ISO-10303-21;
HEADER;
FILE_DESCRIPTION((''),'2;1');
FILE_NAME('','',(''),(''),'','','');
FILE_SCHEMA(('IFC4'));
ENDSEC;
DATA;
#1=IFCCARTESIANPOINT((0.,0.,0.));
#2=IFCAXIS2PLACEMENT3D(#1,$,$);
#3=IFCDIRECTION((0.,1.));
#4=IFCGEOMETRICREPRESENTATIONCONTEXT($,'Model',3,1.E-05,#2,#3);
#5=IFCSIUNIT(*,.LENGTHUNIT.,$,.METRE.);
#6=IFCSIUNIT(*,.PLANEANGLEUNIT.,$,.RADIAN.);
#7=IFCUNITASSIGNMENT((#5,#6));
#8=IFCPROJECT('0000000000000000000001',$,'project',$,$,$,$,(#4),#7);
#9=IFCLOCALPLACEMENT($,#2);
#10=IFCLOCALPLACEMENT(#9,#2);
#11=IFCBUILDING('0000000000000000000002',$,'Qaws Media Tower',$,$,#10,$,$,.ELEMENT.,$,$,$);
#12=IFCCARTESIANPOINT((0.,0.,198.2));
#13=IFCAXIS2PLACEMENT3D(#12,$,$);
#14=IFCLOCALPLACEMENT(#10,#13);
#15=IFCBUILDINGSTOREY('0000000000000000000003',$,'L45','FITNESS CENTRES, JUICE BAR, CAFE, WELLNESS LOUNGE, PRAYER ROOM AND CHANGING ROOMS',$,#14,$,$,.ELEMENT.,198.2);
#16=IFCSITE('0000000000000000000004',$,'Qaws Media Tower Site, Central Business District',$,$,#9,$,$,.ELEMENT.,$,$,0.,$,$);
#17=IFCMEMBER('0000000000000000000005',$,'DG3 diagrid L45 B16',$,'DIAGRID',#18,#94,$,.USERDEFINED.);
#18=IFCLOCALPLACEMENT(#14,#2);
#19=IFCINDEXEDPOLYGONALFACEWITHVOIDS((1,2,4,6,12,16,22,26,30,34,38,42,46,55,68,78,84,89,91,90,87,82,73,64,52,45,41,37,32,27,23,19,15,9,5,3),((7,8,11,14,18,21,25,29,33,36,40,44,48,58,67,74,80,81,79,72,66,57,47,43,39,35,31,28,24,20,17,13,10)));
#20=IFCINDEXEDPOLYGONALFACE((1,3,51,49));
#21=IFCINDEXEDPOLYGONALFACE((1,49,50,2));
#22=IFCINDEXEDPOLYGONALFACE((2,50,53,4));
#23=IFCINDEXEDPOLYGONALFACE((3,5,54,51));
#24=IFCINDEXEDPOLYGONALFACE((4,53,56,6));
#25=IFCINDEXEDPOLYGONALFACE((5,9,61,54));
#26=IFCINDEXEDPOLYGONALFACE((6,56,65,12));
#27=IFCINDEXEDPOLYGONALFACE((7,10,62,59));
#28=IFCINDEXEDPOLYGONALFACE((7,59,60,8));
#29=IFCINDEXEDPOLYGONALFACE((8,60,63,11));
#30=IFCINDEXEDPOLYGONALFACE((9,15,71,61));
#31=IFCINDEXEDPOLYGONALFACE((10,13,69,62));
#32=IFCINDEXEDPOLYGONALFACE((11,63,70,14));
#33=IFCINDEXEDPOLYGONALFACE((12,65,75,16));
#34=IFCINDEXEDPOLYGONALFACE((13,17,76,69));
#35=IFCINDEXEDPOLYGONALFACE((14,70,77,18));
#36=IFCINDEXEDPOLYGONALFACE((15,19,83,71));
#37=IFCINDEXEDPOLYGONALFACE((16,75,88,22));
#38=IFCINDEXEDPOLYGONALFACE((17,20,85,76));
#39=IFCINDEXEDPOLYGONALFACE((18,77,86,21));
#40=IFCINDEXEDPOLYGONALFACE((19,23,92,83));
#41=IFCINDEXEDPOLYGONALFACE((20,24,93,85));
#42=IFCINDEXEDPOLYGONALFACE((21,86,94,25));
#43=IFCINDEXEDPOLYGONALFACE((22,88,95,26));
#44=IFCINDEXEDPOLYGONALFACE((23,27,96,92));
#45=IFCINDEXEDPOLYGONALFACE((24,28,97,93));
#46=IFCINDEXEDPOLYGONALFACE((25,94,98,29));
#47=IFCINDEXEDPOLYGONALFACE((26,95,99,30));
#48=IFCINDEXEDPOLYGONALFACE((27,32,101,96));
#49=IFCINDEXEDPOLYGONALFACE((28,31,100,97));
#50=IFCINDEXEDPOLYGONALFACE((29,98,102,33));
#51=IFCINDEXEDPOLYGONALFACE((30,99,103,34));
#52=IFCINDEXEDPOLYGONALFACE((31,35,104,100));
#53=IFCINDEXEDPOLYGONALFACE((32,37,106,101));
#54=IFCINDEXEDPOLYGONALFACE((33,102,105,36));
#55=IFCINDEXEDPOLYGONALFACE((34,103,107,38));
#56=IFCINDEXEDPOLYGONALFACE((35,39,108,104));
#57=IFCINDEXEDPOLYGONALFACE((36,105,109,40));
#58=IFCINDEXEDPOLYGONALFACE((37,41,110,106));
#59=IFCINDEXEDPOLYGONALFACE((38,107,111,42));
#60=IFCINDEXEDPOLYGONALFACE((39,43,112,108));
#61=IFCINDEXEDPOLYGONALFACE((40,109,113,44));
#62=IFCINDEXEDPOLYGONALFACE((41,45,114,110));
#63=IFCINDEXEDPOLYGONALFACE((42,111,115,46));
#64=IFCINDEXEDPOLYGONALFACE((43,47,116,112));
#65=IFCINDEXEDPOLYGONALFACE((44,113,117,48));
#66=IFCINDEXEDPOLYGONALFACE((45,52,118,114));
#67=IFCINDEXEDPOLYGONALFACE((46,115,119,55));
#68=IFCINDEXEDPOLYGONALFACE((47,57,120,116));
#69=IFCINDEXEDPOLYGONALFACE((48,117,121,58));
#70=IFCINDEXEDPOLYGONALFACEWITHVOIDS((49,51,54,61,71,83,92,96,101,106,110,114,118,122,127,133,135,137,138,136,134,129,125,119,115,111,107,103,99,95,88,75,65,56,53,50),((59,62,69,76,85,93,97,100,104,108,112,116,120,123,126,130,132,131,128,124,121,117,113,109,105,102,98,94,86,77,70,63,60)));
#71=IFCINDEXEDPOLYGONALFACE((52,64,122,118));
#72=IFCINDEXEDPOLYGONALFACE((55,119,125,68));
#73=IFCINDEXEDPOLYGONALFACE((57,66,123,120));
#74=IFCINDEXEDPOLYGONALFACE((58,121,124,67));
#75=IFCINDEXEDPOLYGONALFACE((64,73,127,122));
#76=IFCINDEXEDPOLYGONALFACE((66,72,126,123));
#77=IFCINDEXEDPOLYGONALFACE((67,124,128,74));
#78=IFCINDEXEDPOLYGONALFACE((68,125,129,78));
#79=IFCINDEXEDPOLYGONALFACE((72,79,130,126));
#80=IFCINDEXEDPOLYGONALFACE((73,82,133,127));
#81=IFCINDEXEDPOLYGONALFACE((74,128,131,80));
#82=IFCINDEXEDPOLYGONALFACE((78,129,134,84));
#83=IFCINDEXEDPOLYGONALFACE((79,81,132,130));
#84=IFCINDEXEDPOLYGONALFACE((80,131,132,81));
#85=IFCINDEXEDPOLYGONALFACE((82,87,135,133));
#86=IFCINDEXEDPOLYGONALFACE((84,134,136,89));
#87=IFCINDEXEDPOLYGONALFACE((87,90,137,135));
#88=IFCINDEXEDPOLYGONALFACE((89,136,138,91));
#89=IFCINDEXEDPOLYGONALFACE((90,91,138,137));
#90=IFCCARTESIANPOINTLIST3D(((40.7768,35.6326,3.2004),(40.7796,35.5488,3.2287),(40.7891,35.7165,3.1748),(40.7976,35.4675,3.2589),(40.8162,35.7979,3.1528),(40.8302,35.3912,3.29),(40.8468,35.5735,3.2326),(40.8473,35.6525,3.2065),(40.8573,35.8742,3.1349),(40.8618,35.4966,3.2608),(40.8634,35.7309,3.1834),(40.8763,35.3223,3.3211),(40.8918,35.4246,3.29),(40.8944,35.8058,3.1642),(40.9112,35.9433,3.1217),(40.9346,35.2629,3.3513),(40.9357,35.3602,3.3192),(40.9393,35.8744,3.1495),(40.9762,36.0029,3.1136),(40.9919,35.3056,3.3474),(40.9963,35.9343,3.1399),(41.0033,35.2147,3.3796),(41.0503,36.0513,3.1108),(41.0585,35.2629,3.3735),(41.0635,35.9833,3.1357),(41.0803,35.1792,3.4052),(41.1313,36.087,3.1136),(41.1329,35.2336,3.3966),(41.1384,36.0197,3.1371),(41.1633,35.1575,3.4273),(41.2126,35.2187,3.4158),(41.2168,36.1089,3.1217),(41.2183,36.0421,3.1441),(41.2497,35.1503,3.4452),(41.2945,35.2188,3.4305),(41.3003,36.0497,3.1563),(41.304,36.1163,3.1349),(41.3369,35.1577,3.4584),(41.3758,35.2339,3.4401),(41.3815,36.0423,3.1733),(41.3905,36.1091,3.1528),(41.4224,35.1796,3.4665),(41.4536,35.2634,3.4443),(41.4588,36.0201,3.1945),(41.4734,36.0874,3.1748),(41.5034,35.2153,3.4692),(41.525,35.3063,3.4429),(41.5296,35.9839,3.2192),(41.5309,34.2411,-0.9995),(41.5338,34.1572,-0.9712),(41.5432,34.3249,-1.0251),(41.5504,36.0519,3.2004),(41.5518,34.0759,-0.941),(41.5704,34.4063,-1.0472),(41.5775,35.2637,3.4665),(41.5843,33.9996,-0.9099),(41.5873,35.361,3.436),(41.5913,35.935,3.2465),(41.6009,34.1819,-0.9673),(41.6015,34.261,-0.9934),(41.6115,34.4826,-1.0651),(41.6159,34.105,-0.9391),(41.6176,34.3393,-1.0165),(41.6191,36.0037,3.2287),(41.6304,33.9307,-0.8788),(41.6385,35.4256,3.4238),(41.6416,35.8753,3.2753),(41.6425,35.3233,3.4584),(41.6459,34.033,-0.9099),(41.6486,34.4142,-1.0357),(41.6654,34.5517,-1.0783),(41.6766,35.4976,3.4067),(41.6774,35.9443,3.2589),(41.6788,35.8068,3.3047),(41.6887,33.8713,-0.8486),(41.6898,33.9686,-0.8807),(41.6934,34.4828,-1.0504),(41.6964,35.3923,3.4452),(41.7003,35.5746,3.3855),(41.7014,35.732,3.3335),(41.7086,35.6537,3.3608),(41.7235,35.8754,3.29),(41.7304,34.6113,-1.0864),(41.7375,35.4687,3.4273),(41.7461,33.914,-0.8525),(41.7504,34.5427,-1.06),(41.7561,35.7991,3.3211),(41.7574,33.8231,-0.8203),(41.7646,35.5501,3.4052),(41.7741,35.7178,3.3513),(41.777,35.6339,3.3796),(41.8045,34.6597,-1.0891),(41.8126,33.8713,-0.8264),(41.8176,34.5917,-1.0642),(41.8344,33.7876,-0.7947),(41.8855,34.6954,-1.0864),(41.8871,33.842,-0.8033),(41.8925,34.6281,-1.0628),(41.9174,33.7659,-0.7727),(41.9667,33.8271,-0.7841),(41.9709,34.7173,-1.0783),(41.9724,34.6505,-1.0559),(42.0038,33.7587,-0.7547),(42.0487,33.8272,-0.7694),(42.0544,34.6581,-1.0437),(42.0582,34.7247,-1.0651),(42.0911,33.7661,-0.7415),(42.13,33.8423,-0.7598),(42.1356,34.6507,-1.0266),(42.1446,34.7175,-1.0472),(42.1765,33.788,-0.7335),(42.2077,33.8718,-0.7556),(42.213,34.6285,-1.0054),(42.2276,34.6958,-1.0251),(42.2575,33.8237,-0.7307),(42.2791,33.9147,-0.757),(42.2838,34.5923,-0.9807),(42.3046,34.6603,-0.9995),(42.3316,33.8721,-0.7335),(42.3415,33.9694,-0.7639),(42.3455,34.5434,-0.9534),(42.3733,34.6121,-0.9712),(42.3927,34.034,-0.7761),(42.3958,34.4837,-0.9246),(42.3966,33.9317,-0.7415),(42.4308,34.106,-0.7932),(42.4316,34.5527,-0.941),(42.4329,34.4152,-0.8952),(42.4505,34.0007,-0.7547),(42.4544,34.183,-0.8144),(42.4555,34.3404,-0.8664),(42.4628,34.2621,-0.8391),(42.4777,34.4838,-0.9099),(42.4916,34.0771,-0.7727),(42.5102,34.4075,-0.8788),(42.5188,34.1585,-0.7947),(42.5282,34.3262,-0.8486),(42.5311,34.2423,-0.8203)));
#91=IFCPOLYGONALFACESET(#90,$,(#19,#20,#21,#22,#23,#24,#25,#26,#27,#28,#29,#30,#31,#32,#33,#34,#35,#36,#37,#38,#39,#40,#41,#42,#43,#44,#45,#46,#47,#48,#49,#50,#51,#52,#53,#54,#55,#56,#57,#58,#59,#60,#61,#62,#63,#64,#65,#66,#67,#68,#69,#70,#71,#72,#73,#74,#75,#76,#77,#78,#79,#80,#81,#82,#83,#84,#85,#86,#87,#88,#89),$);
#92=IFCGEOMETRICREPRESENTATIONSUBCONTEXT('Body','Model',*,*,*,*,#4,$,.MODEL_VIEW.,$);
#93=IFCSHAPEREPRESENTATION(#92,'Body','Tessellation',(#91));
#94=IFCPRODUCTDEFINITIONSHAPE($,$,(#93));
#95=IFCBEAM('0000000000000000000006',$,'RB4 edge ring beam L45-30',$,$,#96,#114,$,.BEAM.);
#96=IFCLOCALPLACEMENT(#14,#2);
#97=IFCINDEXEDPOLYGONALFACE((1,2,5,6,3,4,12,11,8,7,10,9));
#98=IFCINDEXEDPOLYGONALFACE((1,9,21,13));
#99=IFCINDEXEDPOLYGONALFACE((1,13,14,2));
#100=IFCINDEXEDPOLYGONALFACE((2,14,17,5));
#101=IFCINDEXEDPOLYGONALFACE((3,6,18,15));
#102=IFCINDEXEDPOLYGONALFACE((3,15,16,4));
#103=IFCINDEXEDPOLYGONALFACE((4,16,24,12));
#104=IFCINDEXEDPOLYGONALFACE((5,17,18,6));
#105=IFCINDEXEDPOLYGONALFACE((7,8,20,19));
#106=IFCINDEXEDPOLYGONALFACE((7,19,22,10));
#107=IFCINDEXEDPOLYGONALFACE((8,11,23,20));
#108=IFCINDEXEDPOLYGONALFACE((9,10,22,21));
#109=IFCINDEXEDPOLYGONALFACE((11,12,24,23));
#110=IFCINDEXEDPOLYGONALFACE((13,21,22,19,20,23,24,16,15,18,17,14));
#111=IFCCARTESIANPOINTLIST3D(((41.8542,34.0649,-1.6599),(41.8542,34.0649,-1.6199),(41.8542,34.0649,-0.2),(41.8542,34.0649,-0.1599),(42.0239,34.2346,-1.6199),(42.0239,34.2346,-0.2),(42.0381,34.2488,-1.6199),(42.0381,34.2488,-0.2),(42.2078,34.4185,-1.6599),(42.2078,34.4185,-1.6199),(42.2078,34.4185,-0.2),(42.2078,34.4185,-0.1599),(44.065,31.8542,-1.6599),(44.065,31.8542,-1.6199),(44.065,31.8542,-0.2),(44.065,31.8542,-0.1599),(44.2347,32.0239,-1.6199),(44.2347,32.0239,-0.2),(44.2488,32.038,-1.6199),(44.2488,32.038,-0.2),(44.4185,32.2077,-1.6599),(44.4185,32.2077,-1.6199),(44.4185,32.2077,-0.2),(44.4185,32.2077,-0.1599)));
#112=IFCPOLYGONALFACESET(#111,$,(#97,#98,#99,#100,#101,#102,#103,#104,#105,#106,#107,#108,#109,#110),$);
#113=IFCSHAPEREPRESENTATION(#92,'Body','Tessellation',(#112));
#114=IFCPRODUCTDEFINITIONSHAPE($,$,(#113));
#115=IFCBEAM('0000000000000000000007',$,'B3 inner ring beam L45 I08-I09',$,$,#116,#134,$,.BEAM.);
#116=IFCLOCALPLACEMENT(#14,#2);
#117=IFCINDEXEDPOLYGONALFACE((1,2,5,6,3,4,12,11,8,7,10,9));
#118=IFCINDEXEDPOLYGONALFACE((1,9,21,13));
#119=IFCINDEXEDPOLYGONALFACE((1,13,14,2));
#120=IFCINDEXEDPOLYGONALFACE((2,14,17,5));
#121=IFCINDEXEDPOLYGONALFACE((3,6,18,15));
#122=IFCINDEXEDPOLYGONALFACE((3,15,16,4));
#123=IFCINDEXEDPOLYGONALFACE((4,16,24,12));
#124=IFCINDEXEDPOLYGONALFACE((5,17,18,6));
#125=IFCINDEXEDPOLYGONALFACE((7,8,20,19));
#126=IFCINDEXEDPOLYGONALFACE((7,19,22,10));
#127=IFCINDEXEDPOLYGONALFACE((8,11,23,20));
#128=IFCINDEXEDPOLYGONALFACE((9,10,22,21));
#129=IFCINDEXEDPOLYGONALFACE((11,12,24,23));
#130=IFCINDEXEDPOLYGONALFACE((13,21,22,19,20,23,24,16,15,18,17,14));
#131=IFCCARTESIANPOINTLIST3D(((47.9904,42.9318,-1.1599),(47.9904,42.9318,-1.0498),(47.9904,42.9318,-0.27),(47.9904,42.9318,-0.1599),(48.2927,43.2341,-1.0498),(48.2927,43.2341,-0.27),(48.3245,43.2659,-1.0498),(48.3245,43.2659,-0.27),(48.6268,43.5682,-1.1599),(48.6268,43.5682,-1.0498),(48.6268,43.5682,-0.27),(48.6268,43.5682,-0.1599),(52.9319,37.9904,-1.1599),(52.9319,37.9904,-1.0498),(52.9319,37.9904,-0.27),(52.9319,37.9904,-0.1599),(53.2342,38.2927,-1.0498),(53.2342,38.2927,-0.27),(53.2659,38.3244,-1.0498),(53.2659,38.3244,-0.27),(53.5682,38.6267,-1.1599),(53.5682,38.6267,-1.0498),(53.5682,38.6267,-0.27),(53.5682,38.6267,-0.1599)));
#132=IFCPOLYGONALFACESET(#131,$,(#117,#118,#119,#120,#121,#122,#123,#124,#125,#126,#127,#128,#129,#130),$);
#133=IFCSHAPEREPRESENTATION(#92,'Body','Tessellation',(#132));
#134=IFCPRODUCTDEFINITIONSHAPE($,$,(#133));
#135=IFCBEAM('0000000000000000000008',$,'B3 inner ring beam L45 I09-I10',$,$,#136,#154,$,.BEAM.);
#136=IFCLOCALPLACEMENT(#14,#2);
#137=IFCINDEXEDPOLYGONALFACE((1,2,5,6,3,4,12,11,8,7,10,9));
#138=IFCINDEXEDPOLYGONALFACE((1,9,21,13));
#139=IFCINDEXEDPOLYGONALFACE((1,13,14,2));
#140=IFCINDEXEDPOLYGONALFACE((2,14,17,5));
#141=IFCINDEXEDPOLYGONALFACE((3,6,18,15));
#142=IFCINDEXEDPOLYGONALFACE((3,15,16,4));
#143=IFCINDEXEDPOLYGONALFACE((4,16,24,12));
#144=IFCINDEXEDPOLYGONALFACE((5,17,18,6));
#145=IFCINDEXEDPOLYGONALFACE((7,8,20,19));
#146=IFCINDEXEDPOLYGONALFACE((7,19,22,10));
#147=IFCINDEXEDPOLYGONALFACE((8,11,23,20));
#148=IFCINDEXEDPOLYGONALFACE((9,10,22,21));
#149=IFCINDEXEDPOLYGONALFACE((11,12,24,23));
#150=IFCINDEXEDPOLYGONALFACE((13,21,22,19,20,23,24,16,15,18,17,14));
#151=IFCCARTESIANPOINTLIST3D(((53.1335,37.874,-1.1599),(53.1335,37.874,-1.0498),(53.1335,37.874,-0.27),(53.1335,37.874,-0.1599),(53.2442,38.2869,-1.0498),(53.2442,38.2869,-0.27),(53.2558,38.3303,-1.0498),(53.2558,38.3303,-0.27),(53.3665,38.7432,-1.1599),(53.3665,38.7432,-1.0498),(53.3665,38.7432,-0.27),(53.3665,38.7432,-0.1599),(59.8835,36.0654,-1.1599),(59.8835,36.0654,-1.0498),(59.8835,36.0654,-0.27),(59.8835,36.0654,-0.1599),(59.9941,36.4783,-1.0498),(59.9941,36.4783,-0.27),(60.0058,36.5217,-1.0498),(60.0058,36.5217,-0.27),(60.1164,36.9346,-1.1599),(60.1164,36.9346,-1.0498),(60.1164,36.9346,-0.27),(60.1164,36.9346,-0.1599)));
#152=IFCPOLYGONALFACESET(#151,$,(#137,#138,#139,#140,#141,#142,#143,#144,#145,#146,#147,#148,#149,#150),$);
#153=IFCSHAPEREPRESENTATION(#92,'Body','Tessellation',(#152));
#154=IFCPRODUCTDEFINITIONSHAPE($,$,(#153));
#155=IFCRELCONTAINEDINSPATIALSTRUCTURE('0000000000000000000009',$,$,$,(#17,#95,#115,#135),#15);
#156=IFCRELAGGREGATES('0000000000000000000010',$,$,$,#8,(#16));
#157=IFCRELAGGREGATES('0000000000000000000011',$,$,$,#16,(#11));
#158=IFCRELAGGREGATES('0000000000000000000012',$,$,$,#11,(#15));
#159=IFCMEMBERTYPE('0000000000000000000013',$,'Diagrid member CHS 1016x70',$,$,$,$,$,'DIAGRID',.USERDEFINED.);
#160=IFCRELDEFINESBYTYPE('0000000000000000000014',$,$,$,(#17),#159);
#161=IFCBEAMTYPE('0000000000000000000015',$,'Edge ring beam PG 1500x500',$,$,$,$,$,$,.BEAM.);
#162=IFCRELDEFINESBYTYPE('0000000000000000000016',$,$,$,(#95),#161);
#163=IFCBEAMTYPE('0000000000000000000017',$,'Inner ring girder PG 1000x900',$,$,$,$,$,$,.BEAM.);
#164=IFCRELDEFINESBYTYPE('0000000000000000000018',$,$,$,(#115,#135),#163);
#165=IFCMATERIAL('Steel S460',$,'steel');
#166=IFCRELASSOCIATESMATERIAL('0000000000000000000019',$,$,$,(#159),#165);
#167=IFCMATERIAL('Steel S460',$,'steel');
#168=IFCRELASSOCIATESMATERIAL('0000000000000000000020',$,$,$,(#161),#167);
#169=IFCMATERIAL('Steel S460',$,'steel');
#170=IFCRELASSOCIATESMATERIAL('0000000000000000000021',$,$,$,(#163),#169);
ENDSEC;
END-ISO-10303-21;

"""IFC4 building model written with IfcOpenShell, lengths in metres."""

from ifc_helpers import new_model, si_unit, direction, frame, origin, origin_2d, place, context, subcontext, project, spatial, hollow_circle, i_section, extrude, material, material_profile, profile_set, type_object, element, save


model = new_model("IFC4")

# Units and contexts
model_context = context("Model", 3, precision=1e-05, world=origin(), true_north=direction((0.0, 1.0)))
body_context = subcontext(model_context, "Body", "Model", "MODEL_VIEW")
ifc_project = project(units=[si_unit("LENGTHUNIT", "METRE"), si_unit("PLANEANGLEUNIT", "RADIAN")], contexts=[model_context])

# Site, building, storey
site_placement = place(None, origin())
site = spatial("IfcSite", under=ifc_project, at=site_placement, Name="Qaws Media Tower Site, Central Business District", CompositionType="ELEMENT", RefElevation=0.0)
building_placement = place(site_placement, origin())
building = spatial("IfcBuilding", under=site, at=building_placement, Name="Qaws Media Tower", CompositionType="ELEMENT")
storey_placement = place(building_placement, frame((0.0, 0.0, 198.2)))
storey = spatial("IfcBuildingStorey", under=building, at=storey_placement, Name="L45", Description="FITNESS CENTRES, JUICE BAR, CAFE, WELLNESS LOUNGE, PRAYER ROOM AND CHANGING ROOMS", CompositionType="ELEMENT", Elevation=198.2)

# Member
ifc_material_1 = material(Name="Steel S460", Category="steel")
ifc_material_profile_1 = material_profile(ifc_material_1, hollow_circle(Radius=0.5081, WallThickness=0.0701, at=origin_2d()), Name="CHS 1016x70")
ifc_profile_set_1 = profile_set([ifc_material_profile_1], Name="Steel S460")
member_type_1 = type_object("IfcMemberType", Name="Diagrid member CHS 1016x70", ElementType="DIAGRID", PredefinedType="USERDEFINED", material=ifc_profile_set_1)
member_1_placement = place(storey_placement, frame((42.031, 34.2417, -0.9099), z_axis=(-0.168026, 0.310051, 0.935754), x_axis=(-0.879195, -0.476462, 0.0)))
element("IfcMember", 1, at=member_1_placement, inside=storey, type_object=member_type_1, Name="DG3 diagrid L45 B16", ObjectType="DIAGRID", PredefinedType="USERDEFINED", context=body_context, shape_type="SweptSolid", body=[
    extrude(hollow_circle(Radius=0.5081, WallThickness=0.0701, at=origin_2d()), origin(), (0.0, 0.0, 1.0), 4.4883),
])

# Beams
ifc_material_2 = material(Name="Steel S460", Category="steel")
ifc_material_profile_2 = material_profile(ifc_material_2, i_section(OverallWidth=0.5, OverallDepth=1.5, WebThickness=0.02, FlangeThickness=0.04, at=origin_2d()), Name="PG 1500x500")
ifc_profile_set_2 = profile_set([ifc_material_profile_2], Name="Steel S460")
beam_type_1 = type_object("IfcBeamType", Name="Edge ring beam PG 1500x500", PredefinedType="BEAM", material=ifc_profile_set_2)
beam_1_placement = place(storey_placement, frame((42.031, 34.2417, -0.9099), z_axis=(0.707107, -0.707107, 0.0), x_axis=(0.707107, 0.707107, 0.0)))
element("IfcBeam", 2, at=beam_1_placement, inside=storey, type_object=beam_type_1, Name="RB4 edge ring beam L45-30", PredefinedType="BEAM", context=body_context, shape_type="SweptSolid", body=[
    extrude(i_section(OverallWidth=0.5, OverallDepth=1.5, WebThickness=0.02, FlangeThickness=0.04, at=origin_2d()), origin(), (0.0, 0.0, 1.0), 3.1265),
])
ifc_material_3 = material(Name="Steel S460", Category="steel")
ifc_material_profile_3 = material_profile(ifc_material_3, i_section(OverallWidth=0.8999, OverallDepth=1.0, WebThickness=0.0449, FlangeThickness=0.1101, at=origin_2d()), Name="PG 1000x900")
ifc_profile_set_3 = profile_set([ifc_material_profile_3], Name="Steel S460")
beam_type_2 = type_object("IfcBeamType", Name="Inner ring girder PG 1000x900", PredefinedType="BEAM", material=ifc_profile_set_3)
beam_2_placement = place(storey_placement, frame((48.3086, 43.25, -0.6599), z_axis=(0.707107, -0.707107, 0.0), x_axis=(0.707107, 0.707107, 0.0)))
element("IfcBeam", 3, at=beam_2_placement, inside=storey, type_object=beam_type_2, Name="B3 inner ring beam L45 I08-I09", PredefinedType="BEAM", context=body_context, shape_type="SweptSolid", body=[
    extrude(i_section(OverallWidth=0.8999, OverallDepth=1.0, WebThickness=0.0449, FlangeThickness=0.1101, at=origin_2d()), origin(), (0.0, 0.0, 1.0), 6.9883),
])
beam_3_placement = place(storey_placement, frame((53.25, 38.3086, -0.6599), z_axis=(0.965928, -0.258811, 0.0), x_axis=(0.258811, 0.965928, 0.0)))
element("IfcBeam", 4, at=beam_3_placement, inside=storey, type_object=beam_type_2, Name="B3 inner ring beam L45 I09-I10", PredefinedType="BEAM", context=body_context, shape_type="SweptSolid", body=[
    extrude(i_section(OverallWidth=0.8999, OverallDepth=1.0, WebThickness=0.0449, FlangeThickness=0.1101, at=origin_2d()), origin(), (0.0, 0.0, 1.0), 6.988),
])

save(model, "model.ifc")
